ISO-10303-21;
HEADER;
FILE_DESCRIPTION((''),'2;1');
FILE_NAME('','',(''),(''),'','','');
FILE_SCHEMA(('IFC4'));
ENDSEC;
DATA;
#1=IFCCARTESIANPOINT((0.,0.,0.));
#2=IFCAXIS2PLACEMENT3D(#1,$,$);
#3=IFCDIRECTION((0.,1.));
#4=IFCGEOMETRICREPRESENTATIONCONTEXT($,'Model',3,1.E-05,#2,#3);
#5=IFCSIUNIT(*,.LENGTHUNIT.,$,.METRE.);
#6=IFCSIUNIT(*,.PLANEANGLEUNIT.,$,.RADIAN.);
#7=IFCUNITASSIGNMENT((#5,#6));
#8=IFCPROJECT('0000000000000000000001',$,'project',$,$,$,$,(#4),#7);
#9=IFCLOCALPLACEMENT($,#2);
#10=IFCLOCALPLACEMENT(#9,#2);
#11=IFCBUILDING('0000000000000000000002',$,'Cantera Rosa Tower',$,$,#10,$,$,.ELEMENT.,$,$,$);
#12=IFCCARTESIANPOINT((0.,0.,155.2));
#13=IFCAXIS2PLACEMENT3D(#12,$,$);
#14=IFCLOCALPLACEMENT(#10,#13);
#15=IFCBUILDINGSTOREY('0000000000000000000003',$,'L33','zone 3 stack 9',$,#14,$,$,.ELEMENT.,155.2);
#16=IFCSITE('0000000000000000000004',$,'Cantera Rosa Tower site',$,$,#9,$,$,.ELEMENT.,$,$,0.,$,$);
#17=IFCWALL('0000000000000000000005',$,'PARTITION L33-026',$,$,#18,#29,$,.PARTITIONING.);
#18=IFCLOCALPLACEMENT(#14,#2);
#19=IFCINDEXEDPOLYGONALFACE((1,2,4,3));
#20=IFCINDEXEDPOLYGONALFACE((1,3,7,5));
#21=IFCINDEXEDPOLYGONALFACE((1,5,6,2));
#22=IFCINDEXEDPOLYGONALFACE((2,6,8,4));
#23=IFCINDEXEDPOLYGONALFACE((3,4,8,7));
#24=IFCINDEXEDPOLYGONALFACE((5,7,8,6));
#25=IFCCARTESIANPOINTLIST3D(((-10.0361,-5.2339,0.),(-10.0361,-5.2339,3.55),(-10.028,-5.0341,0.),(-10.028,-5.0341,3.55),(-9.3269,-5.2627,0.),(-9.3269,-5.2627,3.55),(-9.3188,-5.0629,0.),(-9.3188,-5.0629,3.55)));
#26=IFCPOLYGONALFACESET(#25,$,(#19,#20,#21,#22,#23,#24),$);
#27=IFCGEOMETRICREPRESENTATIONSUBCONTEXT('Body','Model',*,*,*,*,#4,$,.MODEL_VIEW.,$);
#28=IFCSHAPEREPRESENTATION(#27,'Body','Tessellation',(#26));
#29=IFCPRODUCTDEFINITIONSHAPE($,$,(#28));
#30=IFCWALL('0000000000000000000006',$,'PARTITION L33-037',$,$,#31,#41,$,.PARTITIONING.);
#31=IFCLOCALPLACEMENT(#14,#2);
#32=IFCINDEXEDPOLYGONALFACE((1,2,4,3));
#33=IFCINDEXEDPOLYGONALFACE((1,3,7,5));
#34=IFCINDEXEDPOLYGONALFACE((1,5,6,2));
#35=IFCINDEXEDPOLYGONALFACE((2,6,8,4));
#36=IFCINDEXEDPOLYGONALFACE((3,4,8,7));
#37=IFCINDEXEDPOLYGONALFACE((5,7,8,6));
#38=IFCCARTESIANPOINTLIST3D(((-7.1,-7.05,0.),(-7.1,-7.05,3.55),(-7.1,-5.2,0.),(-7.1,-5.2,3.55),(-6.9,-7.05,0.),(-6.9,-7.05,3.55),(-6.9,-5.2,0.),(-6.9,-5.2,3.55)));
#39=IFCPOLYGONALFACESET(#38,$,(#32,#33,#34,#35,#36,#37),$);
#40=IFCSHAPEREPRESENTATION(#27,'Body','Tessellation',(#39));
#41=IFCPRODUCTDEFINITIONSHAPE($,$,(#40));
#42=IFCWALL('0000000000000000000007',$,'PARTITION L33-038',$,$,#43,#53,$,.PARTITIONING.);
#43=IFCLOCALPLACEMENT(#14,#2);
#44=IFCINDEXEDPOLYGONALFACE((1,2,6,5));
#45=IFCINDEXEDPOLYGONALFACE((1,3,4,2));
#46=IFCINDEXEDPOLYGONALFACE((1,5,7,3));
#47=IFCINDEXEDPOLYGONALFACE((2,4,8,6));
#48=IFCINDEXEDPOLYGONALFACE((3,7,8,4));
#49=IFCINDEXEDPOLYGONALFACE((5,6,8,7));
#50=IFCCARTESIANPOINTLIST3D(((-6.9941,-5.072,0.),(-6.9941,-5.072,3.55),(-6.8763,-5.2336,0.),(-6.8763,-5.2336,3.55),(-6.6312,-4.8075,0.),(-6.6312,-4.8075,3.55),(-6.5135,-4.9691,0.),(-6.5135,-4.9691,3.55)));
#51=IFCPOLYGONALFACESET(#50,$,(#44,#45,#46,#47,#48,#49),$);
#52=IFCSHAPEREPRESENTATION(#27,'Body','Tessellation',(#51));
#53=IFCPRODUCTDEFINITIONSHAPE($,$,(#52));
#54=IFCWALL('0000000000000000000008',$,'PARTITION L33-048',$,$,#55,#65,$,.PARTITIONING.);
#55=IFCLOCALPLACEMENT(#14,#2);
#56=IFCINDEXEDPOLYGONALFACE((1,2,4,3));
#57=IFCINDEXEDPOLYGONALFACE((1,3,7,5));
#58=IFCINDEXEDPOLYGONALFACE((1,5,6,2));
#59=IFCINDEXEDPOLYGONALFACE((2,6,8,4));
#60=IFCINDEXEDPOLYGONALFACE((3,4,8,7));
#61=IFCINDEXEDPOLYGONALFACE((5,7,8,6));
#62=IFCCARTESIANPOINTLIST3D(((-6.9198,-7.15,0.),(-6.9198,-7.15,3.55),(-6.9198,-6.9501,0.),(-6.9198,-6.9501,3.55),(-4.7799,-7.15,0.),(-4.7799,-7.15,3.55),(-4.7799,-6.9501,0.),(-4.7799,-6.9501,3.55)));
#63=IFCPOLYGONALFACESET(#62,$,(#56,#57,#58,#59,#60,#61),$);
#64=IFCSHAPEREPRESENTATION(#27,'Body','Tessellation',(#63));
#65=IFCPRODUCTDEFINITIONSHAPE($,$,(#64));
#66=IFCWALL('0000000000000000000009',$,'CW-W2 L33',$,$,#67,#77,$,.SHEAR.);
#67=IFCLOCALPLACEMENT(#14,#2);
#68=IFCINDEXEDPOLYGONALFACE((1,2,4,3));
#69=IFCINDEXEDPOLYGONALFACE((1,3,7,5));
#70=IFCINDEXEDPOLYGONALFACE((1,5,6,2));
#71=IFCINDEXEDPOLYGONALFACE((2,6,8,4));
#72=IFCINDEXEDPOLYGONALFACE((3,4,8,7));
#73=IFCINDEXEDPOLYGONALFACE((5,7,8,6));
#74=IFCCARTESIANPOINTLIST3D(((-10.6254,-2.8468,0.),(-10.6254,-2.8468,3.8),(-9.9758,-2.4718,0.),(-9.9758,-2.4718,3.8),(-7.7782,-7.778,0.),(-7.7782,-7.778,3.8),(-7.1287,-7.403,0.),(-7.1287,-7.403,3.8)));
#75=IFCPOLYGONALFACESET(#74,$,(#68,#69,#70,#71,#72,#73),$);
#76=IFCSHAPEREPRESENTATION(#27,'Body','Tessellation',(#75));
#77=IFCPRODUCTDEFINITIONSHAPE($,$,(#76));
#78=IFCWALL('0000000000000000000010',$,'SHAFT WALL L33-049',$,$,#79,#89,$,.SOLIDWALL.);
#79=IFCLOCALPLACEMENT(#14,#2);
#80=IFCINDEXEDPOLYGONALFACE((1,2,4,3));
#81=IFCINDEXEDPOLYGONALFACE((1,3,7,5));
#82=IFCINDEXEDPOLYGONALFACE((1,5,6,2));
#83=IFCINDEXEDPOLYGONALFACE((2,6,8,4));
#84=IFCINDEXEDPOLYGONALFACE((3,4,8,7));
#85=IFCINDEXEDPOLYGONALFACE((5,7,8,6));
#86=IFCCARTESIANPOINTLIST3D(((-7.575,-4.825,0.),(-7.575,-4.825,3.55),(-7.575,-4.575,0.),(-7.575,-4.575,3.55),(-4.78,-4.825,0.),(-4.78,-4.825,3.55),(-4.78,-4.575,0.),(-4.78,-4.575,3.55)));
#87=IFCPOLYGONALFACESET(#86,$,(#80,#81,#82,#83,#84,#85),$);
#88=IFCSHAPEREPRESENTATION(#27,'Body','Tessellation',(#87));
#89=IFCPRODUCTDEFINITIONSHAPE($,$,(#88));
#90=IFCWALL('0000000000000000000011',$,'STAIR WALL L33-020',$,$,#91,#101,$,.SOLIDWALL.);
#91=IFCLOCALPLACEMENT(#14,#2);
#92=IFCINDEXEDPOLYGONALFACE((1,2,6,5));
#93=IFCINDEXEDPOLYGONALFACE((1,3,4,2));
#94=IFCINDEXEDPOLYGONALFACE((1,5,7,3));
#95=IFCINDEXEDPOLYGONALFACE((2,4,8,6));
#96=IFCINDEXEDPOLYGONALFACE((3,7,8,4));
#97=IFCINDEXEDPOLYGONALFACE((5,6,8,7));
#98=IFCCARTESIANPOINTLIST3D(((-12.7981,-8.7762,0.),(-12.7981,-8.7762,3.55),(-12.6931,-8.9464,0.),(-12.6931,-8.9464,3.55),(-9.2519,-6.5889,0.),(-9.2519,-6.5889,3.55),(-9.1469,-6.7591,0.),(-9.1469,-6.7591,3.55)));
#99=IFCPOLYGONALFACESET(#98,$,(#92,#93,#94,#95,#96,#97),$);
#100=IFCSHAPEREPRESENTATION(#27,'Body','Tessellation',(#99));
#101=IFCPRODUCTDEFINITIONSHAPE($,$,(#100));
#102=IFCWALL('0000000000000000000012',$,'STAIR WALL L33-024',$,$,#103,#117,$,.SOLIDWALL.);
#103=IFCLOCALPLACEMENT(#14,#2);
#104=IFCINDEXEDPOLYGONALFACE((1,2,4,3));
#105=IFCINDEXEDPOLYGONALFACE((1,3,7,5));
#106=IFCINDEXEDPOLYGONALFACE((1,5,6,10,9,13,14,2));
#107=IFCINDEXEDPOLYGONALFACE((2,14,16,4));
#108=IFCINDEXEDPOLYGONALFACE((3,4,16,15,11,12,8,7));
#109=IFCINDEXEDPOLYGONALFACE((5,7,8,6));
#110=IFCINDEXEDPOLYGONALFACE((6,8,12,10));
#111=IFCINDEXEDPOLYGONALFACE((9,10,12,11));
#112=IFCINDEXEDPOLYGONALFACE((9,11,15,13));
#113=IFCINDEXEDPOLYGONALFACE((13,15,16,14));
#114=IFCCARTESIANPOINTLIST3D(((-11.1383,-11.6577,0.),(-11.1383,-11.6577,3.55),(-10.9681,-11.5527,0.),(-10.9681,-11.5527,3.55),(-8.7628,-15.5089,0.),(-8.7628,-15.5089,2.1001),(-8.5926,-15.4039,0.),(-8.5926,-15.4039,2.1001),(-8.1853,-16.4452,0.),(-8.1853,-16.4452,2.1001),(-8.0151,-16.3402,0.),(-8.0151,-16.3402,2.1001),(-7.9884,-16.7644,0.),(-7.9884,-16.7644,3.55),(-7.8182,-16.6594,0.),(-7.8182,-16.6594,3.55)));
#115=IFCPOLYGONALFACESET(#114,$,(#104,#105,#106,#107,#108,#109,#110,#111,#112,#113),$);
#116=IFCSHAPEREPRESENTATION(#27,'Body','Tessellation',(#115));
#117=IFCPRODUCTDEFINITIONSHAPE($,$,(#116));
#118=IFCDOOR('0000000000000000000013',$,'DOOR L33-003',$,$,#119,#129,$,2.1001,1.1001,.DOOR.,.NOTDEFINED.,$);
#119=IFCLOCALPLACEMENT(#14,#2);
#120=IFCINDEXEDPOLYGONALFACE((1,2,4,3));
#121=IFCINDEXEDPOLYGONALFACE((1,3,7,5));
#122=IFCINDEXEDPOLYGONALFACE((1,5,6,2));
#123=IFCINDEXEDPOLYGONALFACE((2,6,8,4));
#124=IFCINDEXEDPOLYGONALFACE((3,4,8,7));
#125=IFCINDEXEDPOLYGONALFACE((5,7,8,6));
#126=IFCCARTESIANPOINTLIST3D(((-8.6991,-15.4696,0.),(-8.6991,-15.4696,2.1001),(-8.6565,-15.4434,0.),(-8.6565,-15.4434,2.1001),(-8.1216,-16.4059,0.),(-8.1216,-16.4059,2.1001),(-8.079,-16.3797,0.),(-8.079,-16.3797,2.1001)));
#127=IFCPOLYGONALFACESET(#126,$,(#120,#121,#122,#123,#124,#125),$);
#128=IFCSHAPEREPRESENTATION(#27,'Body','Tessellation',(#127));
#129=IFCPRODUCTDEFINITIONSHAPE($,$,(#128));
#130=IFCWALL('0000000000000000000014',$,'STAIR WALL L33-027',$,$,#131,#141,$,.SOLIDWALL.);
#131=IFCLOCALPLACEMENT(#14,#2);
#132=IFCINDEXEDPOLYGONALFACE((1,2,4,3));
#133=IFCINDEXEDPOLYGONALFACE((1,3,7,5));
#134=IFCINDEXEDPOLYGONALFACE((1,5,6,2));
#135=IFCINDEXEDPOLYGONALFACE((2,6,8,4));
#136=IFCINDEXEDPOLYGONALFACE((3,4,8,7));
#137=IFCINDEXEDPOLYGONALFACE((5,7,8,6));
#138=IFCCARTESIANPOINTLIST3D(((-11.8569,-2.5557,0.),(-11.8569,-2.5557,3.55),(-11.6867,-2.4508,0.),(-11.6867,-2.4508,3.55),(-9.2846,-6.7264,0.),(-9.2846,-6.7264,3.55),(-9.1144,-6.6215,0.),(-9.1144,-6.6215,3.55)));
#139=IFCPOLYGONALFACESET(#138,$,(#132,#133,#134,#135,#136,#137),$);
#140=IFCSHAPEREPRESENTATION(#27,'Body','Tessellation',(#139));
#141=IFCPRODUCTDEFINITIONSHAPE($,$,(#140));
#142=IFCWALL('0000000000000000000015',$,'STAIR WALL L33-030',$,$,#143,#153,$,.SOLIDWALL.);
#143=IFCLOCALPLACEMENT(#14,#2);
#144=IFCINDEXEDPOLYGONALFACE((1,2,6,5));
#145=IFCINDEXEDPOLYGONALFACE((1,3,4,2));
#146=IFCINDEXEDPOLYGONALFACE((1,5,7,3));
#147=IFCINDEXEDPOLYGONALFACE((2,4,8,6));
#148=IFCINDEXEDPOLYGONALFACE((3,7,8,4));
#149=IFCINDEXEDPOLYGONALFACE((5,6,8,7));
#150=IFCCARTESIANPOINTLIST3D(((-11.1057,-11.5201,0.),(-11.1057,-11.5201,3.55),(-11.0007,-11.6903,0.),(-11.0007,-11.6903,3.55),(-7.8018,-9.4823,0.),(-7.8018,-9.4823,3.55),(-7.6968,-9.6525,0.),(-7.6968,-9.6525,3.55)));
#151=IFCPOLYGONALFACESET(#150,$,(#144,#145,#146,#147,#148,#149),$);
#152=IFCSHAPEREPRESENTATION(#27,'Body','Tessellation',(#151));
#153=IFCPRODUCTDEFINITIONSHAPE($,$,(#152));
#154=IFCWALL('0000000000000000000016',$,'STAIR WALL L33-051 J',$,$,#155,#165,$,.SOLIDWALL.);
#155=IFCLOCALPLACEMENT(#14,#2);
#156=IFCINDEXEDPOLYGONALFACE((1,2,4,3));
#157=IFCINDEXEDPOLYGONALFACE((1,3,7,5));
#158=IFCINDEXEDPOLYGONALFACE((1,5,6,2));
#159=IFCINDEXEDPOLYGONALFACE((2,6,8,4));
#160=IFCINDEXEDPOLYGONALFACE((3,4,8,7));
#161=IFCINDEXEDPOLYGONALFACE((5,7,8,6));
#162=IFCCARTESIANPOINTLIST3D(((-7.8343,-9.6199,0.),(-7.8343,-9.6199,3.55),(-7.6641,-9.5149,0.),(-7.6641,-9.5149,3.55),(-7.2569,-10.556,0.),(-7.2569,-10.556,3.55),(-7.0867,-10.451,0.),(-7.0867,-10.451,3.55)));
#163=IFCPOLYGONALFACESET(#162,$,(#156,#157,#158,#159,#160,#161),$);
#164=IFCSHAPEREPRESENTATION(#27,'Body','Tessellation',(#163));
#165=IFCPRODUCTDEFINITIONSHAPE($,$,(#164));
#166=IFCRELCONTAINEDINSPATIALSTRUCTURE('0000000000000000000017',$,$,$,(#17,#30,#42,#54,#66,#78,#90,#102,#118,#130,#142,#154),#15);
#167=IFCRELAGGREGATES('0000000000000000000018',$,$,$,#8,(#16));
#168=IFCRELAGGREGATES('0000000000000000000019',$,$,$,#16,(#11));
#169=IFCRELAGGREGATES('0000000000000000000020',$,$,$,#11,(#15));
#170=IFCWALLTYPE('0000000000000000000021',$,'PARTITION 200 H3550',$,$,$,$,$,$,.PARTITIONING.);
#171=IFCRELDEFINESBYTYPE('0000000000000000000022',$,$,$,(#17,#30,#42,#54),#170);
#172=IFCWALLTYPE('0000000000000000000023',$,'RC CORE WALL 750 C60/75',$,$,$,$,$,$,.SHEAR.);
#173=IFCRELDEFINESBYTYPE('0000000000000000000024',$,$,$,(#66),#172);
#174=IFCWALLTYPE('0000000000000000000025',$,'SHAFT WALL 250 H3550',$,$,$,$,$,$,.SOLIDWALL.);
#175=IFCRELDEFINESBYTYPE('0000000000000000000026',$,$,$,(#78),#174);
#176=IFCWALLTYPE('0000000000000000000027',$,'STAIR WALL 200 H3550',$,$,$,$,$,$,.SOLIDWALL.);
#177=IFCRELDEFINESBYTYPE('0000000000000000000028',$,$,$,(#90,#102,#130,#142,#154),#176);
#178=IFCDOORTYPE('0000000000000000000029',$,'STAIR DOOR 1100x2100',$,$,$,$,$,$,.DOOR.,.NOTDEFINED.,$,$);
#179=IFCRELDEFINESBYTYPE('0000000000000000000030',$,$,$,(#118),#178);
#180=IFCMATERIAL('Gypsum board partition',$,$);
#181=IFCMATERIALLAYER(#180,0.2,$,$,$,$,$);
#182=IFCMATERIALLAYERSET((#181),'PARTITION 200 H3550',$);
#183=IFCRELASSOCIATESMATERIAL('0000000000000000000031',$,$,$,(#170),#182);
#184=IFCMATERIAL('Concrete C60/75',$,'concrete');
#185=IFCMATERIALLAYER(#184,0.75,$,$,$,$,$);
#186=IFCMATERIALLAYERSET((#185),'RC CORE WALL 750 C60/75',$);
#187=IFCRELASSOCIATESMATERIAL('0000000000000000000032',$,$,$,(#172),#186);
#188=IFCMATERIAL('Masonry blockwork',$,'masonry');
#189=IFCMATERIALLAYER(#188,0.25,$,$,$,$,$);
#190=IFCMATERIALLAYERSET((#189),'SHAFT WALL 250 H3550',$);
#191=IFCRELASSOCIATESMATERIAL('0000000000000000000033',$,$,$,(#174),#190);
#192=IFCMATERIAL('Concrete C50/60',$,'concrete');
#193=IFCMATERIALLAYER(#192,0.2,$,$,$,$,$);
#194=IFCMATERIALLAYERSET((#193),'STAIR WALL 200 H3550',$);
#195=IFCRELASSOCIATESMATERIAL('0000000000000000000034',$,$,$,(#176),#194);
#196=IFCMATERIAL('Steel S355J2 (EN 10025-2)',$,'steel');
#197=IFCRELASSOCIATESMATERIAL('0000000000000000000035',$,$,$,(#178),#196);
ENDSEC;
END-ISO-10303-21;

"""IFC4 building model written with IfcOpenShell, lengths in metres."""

from ifc_helpers import new_model, si_unit, direction, frame, frame_2d, origin, place, context, subcontext, project, spatial, rectangle, extrude, material, layer, layer_set, type_object, element, fill, save


model = new_model("IFC4")

# Units and contexts
model_context = context("Model", 3, precision=1e-05, world=origin(), true_north=direction((0.0, 1.0)))
body_context = subcontext(model_context, "Body", "Model", "MODEL_VIEW")
ifc_project = project(units=[si_unit("LENGTHUNIT", "METRE"), si_unit("PLANEANGLEUNIT", "RADIAN")], contexts=[model_context])

# Site, building, storey
site_placement = place(None, origin())
site = spatial("IfcSite", under=ifc_project, at=site_placement, Name="Cantera Rosa Tower site", CompositionType="ELEMENT", RefElevation=0.0)
building_placement = place(site_placement, origin())
building = spatial("IfcBuilding", under=site, at=building_placement, Name="Cantera Rosa Tower", CompositionType="ELEMENT")
storey_placement = place(building_placement, frame((0.0, 0.0, 155.2)))
storey = spatial("IfcBuildingStorey", under=building, at=storey_placement, Name="L33", Description="zone 3 stack 9", CompositionType="ELEMENT", Elevation=155.2)

# Walls
ifc_material_1 = material(Name="Gypsum board partition")
ifc_layer_1 = layer(ifc_material_1, 0.2)
ifc_layer_set_1 = layer_set([ifc_layer_1], Name="PARTITION 200 H3550")
wall_type_1 = type_object("IfcWallType", Name="PARTITION 200 H3550", PredefinedType="PARTITIONING", material=ifc_layer_set_1)
wall_1_placement = place(storey_placement, frame((-9.3228, -5.1628, 0.0), z_axis=(0.0, 0.0, 1.0), x_axis=(-0.999176, 0.040586, 0.0)))
element("IfcWall", 1, at=wall_1_placement, inside=storey, type_object=wall_type_1, Name="PARTITION L33-026", PredefinedType="PARTITIONING", context=body_context, shape_type="SweptSolid", body=[
    extrude(rectangle(XDim=0.7097, YDim=0.2, at=frame_2d((0.355, 0.0))), origin(), (0.0, 0.0, 1.0), 3.55),
])
wall_2_placement = place(storey_placement, frame((-7.0, -7.05, 0.0), z_axis=(0.0, 0.0, 1.0), x_axis=(0.0, 1.0, 0.0)))
element("IfcWall", 2, at=wall_2_placement, inside=storey, type_object=wall_type_1, Name="PARTITION L33-037", PredefinedType="PARTITIONING", context=body_context, shape_type="SweptSolid", body=[
    extrude(rectangle(XDim=1.8501, YDim=0.2, at=frame_2d((0.925, 0.0))), origin(), (0.0, 0.0, 1.0), 3.55),
])
wall_3_placement = place(storey_placement, frame((-6.9353, -5.1528, 0.0), z_axis=(0.0, 0.0, 1.0), x_axis=(0.808148, 0.58898, 0.0)))
element("IfcWall", 3, at=wall_3_placement, inside=storey, type_object=wall_type_1, Name="PARTITION L33-038", PredefinedType="PARTITIONING", context=body_context, shape_type="SweptSolid", body=[
    extrude(rectangle(XDim=0.449, YDim=0.2, at=frame_2d((0.2246, 0.0))), origin(), (0.0, 0.0, 1.0), 3.55),
])
wall_4_placement = place(storey_placement, frame((-4.78, -7.05, 0.0), z_axis=(0.0, 0.0, 1.0), x_axis=(-1.0, 0.0, 0.0)))
element("IfcWall", 4, at=wall_4_placement, inside=storey, type_object=wall_type_1, Name="PARTITION L33-048", PredefinedType="PARTITIONING", context=body_context, shape_type="SweptSolid", body=[
    extrude(rectangle(XDim=2.1399, YDim=0.2, at=frame_2d((1.0698, 0.0))), origin(), (0.0, 0.0, 1.0), 3.55),
])
ifc_material_2 = material(Name="Concrete C60/75", Category="concrete")
ifc_layer_2 = layer(ifc_material_2, 0.75)
ifc_layer_set_2 = layer_set([ifc_layer_2], Name="RC CORE WALL 750 C60/75")
wall_type_2 = type_object("IfcWallType", Name="RC CORE WALL 750 C60/75", PredefinedType="SHEAR", material=ifc_layer_set_2)
wall_5_placement = place(storey_placement, frame((-7.4534, -7.5906, 0.0), z_axis=(0.0, 0.0, 1.0), x_axis=(-0.500022, 0.866013, 0.0)))
element("IfcWall", 5, at=wall_5_placement, inside=storey, type_object=wall_type_2, Name="CW-W2 L33", PredefinedType="SHEAR", context=body_context, shape_type="SweptSolid", body=[
    extrude(rectangle(XDim=5.6941, YDim=0.75, at=frame_2d((2.8472, 0.0))), origin(), (0.0, 0.0, 1.0), 3.8),
])
ifc_material_3 = material(Name="Masonry blockwork", Category="masonry")
ifc_layer_3 = layer(ifc_material_3, 0.25)
ifc_layer_set_3 = layer_set([ifc_layer_3], Name="SHAFT WALL 250 H3550")
wall_type_3 = type_object("IfcWallType", Name="SHAFT WALL 250 H3550", PredefinedType="SOLIDWALL", material=ifc_layer_set_3)
wall_6_placement = place(storey_placement, frame((-4.78, -4.7, 0.0), z_axis=(0.0, 0.0, 1.0), x_axis=(-1.0, 0.0, 0.0)))
element("IfcWall", 6, at=wall_6_placement, inside=storey, type_object=wall_type_3, Name="SHAFT WALL L33-049", PredefinedType="SOLIDWALL", context=body_context, shape_type="SweptSolid", body=[
    extrude(rectangle(XDim=2.7949, YDim=0.25, at=frame_2d((1.3975, 0.0))), origin(), (0.0, 0.0, 1.0), 3.55),
])
ifc_material_4 = material(Name="Concrete C50/60", Category="concrete")
ifc_layer_4 = layer(ifc_material_4, 0.2)
ifc_layer_set_4 = layer_set([ifc_layer_4], Name="STAIR WALL 200 H3550")
wall_type_4 = type_object("IfcWallType", Name="STAIR WALL 200 H3550", PredefinedType="SOLIDWALL", material=ifc_layer_set_4)
wall_7_placement = place(storey_placement, frame((-12.7456, -8.8613, 0.0), z_axis=(0.0, 0.0, 1.0), x_axis=(0.851121, 0.52497, 0.0)))
element("IfcWall", 7, at=wall_7_placement, inside=storey, type_object=wall_type_4, Name="STAIR WALL L33-020", PredefinedType="SOLIDWALL", context=body_context, shape_type="SweptSolid", body=[
    extrude(rectangle(XDim=4.1665, YDim=0.2, at=frame_2d((2.0833, 0.0))), origin(), (0.0, 0.0, 1.0), 3.55),
])

# Wall, opening, door
wall_8_placement = place(storey_placement, frame((-11.0532, -11.6052, 0.0), z_axis=(0.0, 0.0, 1.0), x_axis=(0.524983, -0.851113, 0.0)))
wall_8 = element("IfcWall", 8, at=wall_8_placement, inside=storey, type_object=wall_type_4, Name="STAIR WALL L33-024", PredefinedType="SOLIDWALL", context=body_context, shape_type="SweptSolid", body=[
    extrude(rectangle(XDim=6.0, YDim=0.2, at=frame_2d((3.0, 0.0))), origin(), (0.0, 0.0, 1.0), 3.55),
])
opening_1_placement = place(wall_8_placement, frame((4.5249, 0.0, 0.0)))
opening_1 = element("IfcOpeningElement", 9, at=opening_1_placement, cuts=wall_8, PredefinedType="OPENING", context=body_context, shape_type="SweptSolid", body=[
    extrude(rectangle(XDim=1.1001, YDim=2.1001, at=frame_2d((0.55, 1.05))), frame((0.0, 0.1099, 0.0), z_axis=(0.0, -1.0, 0.0), x_axis=(1.0, 0.0, 0.0)), (0.0, 0.0, 1.0), 0.22),
])
ifc_material_5 = material(Name="Steel S355J2 (EN 10025-2)", Category="steel")
door_type_1 = type_object("IfcDoorType", Name="STAIR DOOR 1100x2100", OperationType="NOTDEFINED", PredefinedType="DOOR", material=ifc_material_5)
door_1_placement = place(opening_1_placement, origin())
door_1 = element("IfcDoor", 10, at=door_1_placement, inside=storey, type_object=door_type_1, Name="DOOR L33-003", OperationType="NOTDEFINED", OverallHeight=2.1001, OverallWidth=1.1001, PredefinedType="DOOR", context=body_context, shape_type="SweptSolid", body=[
    extrude(rectangle(XDim=1.1001, YDim=2.1001, at=frame_2d((0.55, 1.05))), frame((0.0, 0.0249, 0.0), z_axis=(0.0, -1.0, 0.0), x_axis=(1.0, 0.0, 0.0)), (0.0, 0.0, 1.0), 0.05),
])
fill(opening_1, door_1)

# Walls
wall_9_placement = place(storey_placement, frame((-9.1995, -6.6741, 0.0), z_axis=(0.0, 0.0, 1.0), x_axis=(-0.524942, 0.851138, 0.0)))
element("IfcWall", 11, at=wall_9_placement, inside=storey, type_object=wall_type_4, Name="STAIR WALL L33-027", PredefinedType="SOLIDWALL", context=body_context, shape_type="SweptSolid", body=[
    extrude(rectangle(XDim=4.9001, YDim=0.2, at=frame_2d((2.4502, 0.0))), origin(), (0.0, 0.0, 1.0), 3.55),
])
wall_10_placement = place(storey_placement, frame((-7.7493, -9.5674, 0.0), z_axis=(0.0, 0.0, 1.0), x_axis=(-0.851125, -0.524964, 0.0)))
element("IfcWall", 12, at=wall_10_placement, inside=storey, type_object=wall_type_4, Name="STAIR WALL L33-030", PredefinedType="SOLIDWALL", context=body_context, shape_type="SweptSolid", body=[
    extrude(rectangle(XDim=3.8818, YDim=0.2, at=frame_2d((1.9409, 0.0))), origin(), (0.0, 0.0, 1.0), 3.55),
])
wall_11_placement = place(storey_placement, frame((-7.1719, -10.5034, 0.0), z_axis=(0.0, 0.0, 1.0), x_axis=(-0.525001, 0.851101, 0.0)))
element("IfcWall", 13, at=wall_11_placement, inside=storey, type_object=wall_type_4, Name="STAIR WALL L33-051 J", PredefinedType="SOLIDWALL", context=body_context, shape_type="SweptSolid", body=[
    extrude(rectangle(XDim=1.0999, YDim=0.2, at=frame_2d((0.5498, 0.0))), origin(), (0.0, 0.0, 1.0), 3.55),
])

save(model, "model.ifc")
